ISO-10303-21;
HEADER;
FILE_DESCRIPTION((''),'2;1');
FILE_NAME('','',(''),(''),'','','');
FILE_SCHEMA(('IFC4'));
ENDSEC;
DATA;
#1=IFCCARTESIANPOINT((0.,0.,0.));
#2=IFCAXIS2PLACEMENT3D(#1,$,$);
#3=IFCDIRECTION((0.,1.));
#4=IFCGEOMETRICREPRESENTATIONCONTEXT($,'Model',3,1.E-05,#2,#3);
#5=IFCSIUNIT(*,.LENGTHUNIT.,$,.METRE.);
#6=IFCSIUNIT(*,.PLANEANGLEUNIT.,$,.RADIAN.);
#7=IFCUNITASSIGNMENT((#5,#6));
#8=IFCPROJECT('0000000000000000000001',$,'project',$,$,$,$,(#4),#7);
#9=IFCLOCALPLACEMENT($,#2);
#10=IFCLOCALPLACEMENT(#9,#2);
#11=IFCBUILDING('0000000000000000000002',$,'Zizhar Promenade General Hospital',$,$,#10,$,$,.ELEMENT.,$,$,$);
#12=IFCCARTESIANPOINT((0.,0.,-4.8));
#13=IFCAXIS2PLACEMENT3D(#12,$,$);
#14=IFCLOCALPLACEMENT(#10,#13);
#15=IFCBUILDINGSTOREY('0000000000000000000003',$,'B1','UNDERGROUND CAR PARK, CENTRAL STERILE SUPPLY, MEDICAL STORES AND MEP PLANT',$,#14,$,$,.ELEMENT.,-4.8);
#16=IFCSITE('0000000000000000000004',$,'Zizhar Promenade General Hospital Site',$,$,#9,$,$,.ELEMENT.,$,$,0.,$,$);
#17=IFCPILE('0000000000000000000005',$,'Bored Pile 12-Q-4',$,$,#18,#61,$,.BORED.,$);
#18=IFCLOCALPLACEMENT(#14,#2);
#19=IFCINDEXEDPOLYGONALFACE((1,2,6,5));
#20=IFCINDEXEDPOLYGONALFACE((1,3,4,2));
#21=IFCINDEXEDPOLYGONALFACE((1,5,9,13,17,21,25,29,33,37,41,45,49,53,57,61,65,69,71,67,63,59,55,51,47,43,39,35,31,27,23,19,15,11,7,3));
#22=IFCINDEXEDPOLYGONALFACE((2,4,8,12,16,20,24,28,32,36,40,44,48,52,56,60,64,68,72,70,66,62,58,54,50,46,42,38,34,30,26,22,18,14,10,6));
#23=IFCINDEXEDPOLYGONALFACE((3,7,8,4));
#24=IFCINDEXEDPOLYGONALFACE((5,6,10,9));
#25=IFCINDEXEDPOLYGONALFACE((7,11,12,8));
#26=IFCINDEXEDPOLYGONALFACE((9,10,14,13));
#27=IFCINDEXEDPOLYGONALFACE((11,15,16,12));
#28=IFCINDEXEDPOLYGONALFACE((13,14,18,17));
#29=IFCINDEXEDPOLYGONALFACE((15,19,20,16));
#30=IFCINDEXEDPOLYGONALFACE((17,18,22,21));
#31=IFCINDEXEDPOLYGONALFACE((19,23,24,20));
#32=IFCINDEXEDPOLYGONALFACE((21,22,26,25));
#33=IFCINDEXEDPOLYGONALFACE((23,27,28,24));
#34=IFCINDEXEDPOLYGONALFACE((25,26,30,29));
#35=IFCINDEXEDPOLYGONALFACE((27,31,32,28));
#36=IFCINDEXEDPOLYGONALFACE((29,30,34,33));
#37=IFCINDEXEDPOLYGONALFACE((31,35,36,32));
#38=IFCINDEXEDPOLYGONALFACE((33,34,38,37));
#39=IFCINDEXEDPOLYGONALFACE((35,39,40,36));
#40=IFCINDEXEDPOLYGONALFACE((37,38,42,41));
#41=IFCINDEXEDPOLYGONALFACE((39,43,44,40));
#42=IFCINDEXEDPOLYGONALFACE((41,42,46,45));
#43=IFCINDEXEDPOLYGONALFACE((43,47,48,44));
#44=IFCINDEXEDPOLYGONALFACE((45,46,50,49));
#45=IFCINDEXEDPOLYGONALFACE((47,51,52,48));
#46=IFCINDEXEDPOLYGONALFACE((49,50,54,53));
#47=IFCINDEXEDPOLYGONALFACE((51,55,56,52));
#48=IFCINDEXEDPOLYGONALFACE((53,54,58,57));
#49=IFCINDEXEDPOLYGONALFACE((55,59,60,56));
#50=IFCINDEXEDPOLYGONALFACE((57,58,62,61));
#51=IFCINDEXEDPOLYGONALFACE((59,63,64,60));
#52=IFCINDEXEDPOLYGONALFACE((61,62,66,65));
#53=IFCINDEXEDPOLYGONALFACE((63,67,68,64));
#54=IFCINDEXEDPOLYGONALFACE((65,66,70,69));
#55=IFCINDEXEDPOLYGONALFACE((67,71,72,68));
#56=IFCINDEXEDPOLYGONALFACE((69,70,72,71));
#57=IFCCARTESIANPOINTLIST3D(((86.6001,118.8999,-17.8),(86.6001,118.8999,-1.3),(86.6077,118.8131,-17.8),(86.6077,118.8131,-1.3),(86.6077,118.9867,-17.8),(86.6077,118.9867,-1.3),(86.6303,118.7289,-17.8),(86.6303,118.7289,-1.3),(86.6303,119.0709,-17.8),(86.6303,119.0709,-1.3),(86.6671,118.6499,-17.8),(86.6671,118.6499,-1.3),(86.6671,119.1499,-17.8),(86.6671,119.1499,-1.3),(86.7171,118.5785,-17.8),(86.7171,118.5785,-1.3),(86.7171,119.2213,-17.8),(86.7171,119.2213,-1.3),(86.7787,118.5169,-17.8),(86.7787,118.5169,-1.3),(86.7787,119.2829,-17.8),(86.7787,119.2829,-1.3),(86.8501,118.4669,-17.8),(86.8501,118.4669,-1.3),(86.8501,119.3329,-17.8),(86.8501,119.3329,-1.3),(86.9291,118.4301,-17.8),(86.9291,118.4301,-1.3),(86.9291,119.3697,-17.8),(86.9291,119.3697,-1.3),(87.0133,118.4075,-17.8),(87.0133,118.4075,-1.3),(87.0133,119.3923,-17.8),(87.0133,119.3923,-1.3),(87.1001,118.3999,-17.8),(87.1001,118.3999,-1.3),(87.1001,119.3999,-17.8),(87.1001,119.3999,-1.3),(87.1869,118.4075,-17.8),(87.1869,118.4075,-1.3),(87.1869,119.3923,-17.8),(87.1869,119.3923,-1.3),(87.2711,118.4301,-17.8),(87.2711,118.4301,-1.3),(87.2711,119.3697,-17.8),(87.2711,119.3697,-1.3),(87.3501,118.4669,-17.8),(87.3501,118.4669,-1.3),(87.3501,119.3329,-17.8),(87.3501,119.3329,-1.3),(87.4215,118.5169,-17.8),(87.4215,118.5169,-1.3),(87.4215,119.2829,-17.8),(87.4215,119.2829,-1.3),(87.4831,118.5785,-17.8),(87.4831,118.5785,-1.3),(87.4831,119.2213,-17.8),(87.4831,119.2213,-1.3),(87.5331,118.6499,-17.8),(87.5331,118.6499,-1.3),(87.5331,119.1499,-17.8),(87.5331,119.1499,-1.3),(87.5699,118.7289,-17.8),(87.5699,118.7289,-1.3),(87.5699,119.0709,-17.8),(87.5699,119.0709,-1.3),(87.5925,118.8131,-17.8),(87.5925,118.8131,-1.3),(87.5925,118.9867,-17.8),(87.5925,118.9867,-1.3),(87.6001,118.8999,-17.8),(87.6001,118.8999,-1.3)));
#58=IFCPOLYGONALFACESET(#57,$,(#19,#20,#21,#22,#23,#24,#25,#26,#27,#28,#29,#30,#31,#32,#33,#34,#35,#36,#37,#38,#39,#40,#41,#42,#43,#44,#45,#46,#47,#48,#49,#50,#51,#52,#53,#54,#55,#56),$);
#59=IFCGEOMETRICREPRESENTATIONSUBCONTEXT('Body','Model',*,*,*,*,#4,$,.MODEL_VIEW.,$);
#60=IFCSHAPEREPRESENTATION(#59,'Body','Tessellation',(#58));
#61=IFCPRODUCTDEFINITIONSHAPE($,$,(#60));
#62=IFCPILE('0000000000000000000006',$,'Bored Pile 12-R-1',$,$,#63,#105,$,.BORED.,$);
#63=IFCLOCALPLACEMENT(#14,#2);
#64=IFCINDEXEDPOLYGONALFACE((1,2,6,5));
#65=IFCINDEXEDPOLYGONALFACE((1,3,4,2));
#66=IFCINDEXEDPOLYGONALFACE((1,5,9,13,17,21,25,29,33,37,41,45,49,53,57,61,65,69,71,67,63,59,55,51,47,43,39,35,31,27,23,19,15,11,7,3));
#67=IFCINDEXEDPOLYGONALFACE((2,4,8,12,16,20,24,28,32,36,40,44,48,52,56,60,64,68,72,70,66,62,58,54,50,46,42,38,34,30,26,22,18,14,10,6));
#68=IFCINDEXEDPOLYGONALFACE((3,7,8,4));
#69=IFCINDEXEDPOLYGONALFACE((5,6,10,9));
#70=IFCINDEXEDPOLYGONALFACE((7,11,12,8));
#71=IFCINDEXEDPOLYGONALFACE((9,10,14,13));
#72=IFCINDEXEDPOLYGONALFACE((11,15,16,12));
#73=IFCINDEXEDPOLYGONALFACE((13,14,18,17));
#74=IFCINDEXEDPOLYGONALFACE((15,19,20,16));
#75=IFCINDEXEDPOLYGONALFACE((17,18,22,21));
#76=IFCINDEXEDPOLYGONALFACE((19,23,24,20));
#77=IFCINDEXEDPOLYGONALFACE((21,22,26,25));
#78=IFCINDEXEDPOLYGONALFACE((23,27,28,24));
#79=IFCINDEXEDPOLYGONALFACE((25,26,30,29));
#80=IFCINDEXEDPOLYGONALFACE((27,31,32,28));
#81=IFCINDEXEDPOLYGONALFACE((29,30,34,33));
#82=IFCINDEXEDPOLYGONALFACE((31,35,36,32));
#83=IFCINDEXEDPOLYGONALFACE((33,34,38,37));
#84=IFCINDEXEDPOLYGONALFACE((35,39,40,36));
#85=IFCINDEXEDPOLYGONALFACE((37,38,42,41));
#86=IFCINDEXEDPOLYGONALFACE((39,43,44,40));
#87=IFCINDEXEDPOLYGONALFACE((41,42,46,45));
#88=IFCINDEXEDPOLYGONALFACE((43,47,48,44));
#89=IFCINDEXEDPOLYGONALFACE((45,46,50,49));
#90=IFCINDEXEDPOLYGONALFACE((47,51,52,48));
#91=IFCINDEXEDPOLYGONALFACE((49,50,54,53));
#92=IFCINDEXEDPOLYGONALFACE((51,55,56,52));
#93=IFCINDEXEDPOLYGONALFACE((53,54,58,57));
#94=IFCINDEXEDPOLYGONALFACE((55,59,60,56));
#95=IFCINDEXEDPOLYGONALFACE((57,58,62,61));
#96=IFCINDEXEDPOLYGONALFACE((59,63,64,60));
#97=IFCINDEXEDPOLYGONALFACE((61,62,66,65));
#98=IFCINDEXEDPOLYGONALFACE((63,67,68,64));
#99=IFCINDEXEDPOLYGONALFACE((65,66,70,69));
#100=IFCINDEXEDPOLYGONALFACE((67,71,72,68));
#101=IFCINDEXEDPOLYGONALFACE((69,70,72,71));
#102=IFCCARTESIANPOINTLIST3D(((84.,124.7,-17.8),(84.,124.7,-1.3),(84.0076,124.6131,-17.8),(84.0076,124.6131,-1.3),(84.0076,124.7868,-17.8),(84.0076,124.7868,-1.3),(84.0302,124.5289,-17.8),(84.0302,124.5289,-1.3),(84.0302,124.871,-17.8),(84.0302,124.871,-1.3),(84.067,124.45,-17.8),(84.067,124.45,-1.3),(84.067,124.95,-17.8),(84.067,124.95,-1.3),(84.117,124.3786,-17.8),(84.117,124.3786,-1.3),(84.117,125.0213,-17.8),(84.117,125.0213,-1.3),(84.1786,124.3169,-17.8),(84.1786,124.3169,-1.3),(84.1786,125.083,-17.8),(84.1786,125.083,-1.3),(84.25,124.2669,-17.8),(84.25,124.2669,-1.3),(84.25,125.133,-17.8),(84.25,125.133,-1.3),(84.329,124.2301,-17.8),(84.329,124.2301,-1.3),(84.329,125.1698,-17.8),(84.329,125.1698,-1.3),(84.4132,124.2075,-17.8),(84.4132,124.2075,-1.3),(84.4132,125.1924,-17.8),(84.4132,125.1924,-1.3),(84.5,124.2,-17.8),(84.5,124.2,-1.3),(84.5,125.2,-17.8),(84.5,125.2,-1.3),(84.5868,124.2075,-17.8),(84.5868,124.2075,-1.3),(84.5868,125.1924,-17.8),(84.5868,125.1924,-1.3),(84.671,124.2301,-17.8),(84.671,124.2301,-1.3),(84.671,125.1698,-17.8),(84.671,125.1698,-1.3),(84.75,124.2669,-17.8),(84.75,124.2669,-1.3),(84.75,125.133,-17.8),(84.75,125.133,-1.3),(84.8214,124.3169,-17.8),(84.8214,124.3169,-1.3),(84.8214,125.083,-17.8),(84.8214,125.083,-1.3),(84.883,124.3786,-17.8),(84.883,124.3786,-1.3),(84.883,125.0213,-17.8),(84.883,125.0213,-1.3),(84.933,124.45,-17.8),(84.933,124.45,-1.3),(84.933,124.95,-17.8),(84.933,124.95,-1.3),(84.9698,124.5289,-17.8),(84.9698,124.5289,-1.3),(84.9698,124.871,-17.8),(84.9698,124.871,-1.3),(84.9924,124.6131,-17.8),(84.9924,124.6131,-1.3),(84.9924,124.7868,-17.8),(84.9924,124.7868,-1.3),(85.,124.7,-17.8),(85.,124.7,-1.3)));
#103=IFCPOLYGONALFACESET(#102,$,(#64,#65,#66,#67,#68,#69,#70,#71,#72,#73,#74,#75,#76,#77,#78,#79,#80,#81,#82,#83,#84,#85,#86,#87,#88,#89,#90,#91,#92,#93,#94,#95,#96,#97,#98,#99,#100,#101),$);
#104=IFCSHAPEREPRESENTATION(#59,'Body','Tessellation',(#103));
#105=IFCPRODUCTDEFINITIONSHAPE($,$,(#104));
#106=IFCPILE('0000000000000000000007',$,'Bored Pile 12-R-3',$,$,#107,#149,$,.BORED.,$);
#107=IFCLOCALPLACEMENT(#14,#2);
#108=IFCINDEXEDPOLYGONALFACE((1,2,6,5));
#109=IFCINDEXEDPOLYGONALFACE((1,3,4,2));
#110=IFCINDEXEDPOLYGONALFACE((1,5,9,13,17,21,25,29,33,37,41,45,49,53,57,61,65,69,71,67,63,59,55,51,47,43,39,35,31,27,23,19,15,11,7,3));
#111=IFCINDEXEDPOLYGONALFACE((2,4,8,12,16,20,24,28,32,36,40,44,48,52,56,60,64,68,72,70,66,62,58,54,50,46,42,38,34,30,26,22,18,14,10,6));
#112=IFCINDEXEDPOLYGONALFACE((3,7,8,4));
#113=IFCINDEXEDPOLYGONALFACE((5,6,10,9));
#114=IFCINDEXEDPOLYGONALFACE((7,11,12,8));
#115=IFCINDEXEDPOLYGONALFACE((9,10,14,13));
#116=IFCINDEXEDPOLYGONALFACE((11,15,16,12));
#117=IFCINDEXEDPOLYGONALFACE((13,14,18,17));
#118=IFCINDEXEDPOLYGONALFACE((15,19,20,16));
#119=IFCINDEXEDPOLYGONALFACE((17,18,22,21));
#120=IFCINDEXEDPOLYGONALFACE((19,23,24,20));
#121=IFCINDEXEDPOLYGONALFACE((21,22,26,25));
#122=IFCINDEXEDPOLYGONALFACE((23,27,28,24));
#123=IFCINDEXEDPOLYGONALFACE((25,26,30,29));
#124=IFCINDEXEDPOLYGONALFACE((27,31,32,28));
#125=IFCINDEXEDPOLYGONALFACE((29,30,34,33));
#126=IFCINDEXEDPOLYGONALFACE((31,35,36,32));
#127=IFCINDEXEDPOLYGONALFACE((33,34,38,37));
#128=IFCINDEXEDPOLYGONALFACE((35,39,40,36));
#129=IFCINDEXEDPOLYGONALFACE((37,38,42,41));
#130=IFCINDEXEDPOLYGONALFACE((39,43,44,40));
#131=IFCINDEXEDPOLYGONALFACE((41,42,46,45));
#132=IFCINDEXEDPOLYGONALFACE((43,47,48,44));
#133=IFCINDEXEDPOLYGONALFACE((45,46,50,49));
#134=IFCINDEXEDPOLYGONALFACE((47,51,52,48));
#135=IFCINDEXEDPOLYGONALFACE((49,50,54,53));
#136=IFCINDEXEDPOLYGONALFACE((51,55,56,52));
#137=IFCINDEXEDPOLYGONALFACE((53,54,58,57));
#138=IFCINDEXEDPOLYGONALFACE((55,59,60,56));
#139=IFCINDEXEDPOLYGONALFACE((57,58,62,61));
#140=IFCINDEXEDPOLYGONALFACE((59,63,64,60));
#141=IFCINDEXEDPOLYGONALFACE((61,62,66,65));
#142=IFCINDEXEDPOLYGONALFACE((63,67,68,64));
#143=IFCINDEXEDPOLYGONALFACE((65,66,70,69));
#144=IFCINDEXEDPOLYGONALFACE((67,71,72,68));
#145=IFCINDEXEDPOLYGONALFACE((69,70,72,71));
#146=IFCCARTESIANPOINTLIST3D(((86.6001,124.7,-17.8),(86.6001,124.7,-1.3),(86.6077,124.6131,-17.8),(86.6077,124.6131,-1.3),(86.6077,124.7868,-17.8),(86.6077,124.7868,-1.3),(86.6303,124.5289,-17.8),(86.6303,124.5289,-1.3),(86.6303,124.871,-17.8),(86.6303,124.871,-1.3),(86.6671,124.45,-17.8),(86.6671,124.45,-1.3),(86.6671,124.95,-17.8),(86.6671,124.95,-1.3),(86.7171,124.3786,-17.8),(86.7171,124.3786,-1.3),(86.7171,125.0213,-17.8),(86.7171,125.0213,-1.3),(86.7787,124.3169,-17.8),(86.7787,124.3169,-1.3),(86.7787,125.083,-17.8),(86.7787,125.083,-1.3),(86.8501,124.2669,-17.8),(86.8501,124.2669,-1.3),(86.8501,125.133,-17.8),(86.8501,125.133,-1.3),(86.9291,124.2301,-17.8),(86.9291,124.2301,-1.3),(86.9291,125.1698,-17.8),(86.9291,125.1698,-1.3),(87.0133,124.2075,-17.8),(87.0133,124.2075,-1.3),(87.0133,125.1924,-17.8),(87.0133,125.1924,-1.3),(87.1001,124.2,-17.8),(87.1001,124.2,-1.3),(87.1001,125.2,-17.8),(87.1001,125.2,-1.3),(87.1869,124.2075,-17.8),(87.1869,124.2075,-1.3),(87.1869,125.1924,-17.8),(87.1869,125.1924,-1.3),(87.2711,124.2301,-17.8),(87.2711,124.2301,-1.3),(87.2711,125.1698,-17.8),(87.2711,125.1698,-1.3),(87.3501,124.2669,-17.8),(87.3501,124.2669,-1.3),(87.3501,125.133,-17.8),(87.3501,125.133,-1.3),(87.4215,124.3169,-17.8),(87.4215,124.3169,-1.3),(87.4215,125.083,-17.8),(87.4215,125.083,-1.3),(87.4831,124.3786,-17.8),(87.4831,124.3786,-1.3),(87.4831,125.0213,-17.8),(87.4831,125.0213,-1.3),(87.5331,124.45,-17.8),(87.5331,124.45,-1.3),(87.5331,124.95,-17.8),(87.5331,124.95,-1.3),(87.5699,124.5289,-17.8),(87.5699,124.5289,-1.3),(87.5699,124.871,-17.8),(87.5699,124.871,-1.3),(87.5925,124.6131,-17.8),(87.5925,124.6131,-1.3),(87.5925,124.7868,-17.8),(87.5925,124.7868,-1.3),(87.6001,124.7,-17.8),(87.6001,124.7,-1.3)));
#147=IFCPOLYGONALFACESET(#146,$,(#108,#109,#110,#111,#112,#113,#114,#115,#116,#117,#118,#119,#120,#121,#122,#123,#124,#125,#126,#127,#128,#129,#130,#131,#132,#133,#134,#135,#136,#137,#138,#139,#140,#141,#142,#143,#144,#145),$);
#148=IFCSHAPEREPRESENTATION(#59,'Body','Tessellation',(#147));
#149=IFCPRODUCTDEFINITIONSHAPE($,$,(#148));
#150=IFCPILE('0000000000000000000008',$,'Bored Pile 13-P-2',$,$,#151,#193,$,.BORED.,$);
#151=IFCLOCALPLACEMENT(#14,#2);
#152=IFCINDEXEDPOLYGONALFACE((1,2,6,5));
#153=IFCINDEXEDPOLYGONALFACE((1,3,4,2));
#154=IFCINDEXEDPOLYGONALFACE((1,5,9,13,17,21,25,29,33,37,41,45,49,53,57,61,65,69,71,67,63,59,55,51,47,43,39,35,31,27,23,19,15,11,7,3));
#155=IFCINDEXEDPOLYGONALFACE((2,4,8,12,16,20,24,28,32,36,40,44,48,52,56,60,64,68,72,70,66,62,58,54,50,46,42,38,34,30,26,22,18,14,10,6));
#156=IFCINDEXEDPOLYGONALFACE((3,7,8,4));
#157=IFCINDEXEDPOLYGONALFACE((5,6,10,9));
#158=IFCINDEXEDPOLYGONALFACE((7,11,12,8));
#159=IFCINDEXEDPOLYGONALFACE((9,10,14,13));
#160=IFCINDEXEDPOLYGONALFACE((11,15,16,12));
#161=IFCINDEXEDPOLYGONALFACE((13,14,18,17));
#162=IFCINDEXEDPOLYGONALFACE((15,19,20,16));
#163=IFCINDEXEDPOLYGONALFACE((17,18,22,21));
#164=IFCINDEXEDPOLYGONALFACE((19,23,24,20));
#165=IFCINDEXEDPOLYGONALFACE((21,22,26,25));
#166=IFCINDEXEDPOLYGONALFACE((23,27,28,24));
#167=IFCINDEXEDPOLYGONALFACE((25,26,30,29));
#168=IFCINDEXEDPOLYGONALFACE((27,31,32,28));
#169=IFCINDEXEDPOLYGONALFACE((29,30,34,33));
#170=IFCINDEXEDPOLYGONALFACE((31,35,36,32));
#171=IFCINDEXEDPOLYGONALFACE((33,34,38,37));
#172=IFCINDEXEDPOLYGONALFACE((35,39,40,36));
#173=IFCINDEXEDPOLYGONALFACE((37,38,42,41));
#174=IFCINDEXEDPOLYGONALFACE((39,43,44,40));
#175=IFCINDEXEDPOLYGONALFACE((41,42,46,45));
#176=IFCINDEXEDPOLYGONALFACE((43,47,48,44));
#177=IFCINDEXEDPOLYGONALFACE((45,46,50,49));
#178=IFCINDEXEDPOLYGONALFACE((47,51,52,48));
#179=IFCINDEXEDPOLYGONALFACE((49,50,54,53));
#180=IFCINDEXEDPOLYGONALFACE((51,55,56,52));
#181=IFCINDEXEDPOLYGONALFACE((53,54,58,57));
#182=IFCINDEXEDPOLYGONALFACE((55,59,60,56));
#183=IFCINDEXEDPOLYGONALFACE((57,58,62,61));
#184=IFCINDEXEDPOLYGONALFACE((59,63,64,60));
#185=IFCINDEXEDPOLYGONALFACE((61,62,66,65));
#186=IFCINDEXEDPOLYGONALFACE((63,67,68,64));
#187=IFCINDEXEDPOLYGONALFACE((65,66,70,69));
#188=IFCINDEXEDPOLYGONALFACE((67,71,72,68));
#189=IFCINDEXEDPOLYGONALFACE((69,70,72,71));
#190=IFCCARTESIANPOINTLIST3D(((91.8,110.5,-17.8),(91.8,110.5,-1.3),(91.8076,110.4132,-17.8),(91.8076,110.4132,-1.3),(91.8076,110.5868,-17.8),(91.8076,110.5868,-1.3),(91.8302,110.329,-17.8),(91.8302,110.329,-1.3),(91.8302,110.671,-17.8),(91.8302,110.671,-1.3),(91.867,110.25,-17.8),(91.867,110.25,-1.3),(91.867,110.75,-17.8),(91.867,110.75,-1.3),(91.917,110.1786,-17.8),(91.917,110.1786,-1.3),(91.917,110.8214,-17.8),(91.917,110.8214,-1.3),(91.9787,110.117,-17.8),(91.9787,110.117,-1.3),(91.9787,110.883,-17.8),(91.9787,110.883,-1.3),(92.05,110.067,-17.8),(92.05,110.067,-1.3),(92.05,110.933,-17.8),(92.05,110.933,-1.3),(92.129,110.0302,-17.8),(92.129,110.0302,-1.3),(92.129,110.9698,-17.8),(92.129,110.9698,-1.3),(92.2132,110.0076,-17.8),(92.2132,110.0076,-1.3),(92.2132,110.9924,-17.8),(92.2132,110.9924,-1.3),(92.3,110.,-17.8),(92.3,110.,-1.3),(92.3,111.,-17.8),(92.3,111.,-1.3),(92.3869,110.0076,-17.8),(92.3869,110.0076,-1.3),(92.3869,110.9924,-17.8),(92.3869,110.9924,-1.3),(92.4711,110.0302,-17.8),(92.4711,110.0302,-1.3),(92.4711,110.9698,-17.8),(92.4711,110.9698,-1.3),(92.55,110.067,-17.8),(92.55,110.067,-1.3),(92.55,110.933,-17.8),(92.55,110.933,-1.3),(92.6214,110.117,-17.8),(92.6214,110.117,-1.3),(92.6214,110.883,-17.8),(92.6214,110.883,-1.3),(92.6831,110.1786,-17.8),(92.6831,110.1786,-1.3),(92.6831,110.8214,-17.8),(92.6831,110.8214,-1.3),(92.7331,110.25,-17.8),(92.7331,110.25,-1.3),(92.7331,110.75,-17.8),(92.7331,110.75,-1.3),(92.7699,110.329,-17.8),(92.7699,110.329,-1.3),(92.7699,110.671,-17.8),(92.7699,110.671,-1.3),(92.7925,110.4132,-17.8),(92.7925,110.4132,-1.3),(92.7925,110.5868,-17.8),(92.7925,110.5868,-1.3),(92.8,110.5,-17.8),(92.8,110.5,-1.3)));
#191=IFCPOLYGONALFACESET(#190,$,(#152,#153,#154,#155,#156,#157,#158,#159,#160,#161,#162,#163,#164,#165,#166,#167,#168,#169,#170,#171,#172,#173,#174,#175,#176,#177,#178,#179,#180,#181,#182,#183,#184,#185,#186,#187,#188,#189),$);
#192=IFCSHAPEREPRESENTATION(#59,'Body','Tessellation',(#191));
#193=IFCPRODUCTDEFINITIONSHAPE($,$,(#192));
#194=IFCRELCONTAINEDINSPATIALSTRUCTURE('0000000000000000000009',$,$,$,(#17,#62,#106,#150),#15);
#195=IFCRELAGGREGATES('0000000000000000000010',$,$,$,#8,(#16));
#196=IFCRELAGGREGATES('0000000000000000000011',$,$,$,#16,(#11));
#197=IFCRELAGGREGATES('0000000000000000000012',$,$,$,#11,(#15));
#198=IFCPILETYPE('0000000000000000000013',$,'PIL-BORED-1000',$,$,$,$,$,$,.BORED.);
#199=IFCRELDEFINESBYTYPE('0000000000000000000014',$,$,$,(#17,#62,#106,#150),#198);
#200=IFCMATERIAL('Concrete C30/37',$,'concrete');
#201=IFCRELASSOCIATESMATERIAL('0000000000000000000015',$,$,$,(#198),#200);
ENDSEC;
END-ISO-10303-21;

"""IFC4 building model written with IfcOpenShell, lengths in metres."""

from ifc_helpers import new_model, si_unit, direction, frame, origin, origin_2d, place, context, subcontext, project, spatial, circle, extrude, material, material_profile, profile_set, type_object, element, save


model = new_model("IFC4")

# Units and contexts
model_context = context("Model", 3, precision=1e-05, world=origin(), true_north=direction((0.0, 1.0)))
body_context = subcontext(model_context, "Body", "Model", "MODEL_VIEW")
ifc_project = project(units=[si_unit("LENGTHUNIT", "METRE"), si_unit("PLANEANGLEUNIT", "RADIAN")], contexts=[model_context])

# Site, building, storey
site_placement = place(None, origin())
site = spatial("IfcSite", under=ifc_project, at=site_placement, Name="Zizhar Promenade General Hospital Site", CompositionType="ELEMENT", RefElevation=0.0)
building_placement = place(site_placement, origin())
building = spatial("IfcBuilding", under=site, at=building_placement, Name="Zizhar Promenade General Hospital", CompositionType="ELEMENT")
storey_placement = place(building_placement, frame((0.0, 0.0, -4.8)))
storey = spatial("IfcBuildingStorey", under=building, at=storey_placement, Name="B1", Description="UNDERGROUND CAR PARK, CENTRAL STERILE SUPPLY, MEDICAL STORES AND MEP PLANT", CompositionType="ELEMENT", Elevation=-4.8)

# Piles
ifc_material_1 = material(Name="Concrete C30/37", Category="concrete")
ifc_material_profile_1 = material_profile(ifc_material_1, circle(Radius=0.5, at=origin_2d()))
ifc_profile_set_1 = profile_set([ifc_material_profile_1], Name="Concrete C30/37")
pile_type = type_object("IfcPileType", Name="PIL-BORED-1000", PredefinedType="BORED", material=ifc_profile_set_1)
for number, where, z_axis, x_axis, name in (
    (1, (87.1001, 118.8999, -1.3), (0.0, 0.0, -1.0), (1.0, 0.0, 0.0), "Bored Pile 12-Q-4"),
    (2, (84.5, 124.7, -1.3), (0.0, 0.0, -1.0), (1.0, 0.0, 0.0), "Bored Pile 12-R-1"),
    (3, (87.1001, 124.7, -1.3), (0.0, 0.0, -1.0), (1.0, 0.0, 0.0), "Bored Pile 12-R-3"),
    (4, (92.3, 110.5, -1.3), (0.0, 0.0, -1.0), (1.0, 0.0, 0.0), "Bored Pile 13-P-2"),
):
    element("IfcPile", number, at=place(storey_placement, frame(where, z_axis=z_axis, x_axis=x_axis)), inside=storey, type_object=pile_type, Name=name, PredefinedType="BORED", context=body_context, shape_type="SweptSolid", body=[
        extrude(circle(Radius=0.5, at=origin_2d()), origin(), (0.0, 0.0, 1.0), 16.5),
    ])

save(model, "model.ifc")
